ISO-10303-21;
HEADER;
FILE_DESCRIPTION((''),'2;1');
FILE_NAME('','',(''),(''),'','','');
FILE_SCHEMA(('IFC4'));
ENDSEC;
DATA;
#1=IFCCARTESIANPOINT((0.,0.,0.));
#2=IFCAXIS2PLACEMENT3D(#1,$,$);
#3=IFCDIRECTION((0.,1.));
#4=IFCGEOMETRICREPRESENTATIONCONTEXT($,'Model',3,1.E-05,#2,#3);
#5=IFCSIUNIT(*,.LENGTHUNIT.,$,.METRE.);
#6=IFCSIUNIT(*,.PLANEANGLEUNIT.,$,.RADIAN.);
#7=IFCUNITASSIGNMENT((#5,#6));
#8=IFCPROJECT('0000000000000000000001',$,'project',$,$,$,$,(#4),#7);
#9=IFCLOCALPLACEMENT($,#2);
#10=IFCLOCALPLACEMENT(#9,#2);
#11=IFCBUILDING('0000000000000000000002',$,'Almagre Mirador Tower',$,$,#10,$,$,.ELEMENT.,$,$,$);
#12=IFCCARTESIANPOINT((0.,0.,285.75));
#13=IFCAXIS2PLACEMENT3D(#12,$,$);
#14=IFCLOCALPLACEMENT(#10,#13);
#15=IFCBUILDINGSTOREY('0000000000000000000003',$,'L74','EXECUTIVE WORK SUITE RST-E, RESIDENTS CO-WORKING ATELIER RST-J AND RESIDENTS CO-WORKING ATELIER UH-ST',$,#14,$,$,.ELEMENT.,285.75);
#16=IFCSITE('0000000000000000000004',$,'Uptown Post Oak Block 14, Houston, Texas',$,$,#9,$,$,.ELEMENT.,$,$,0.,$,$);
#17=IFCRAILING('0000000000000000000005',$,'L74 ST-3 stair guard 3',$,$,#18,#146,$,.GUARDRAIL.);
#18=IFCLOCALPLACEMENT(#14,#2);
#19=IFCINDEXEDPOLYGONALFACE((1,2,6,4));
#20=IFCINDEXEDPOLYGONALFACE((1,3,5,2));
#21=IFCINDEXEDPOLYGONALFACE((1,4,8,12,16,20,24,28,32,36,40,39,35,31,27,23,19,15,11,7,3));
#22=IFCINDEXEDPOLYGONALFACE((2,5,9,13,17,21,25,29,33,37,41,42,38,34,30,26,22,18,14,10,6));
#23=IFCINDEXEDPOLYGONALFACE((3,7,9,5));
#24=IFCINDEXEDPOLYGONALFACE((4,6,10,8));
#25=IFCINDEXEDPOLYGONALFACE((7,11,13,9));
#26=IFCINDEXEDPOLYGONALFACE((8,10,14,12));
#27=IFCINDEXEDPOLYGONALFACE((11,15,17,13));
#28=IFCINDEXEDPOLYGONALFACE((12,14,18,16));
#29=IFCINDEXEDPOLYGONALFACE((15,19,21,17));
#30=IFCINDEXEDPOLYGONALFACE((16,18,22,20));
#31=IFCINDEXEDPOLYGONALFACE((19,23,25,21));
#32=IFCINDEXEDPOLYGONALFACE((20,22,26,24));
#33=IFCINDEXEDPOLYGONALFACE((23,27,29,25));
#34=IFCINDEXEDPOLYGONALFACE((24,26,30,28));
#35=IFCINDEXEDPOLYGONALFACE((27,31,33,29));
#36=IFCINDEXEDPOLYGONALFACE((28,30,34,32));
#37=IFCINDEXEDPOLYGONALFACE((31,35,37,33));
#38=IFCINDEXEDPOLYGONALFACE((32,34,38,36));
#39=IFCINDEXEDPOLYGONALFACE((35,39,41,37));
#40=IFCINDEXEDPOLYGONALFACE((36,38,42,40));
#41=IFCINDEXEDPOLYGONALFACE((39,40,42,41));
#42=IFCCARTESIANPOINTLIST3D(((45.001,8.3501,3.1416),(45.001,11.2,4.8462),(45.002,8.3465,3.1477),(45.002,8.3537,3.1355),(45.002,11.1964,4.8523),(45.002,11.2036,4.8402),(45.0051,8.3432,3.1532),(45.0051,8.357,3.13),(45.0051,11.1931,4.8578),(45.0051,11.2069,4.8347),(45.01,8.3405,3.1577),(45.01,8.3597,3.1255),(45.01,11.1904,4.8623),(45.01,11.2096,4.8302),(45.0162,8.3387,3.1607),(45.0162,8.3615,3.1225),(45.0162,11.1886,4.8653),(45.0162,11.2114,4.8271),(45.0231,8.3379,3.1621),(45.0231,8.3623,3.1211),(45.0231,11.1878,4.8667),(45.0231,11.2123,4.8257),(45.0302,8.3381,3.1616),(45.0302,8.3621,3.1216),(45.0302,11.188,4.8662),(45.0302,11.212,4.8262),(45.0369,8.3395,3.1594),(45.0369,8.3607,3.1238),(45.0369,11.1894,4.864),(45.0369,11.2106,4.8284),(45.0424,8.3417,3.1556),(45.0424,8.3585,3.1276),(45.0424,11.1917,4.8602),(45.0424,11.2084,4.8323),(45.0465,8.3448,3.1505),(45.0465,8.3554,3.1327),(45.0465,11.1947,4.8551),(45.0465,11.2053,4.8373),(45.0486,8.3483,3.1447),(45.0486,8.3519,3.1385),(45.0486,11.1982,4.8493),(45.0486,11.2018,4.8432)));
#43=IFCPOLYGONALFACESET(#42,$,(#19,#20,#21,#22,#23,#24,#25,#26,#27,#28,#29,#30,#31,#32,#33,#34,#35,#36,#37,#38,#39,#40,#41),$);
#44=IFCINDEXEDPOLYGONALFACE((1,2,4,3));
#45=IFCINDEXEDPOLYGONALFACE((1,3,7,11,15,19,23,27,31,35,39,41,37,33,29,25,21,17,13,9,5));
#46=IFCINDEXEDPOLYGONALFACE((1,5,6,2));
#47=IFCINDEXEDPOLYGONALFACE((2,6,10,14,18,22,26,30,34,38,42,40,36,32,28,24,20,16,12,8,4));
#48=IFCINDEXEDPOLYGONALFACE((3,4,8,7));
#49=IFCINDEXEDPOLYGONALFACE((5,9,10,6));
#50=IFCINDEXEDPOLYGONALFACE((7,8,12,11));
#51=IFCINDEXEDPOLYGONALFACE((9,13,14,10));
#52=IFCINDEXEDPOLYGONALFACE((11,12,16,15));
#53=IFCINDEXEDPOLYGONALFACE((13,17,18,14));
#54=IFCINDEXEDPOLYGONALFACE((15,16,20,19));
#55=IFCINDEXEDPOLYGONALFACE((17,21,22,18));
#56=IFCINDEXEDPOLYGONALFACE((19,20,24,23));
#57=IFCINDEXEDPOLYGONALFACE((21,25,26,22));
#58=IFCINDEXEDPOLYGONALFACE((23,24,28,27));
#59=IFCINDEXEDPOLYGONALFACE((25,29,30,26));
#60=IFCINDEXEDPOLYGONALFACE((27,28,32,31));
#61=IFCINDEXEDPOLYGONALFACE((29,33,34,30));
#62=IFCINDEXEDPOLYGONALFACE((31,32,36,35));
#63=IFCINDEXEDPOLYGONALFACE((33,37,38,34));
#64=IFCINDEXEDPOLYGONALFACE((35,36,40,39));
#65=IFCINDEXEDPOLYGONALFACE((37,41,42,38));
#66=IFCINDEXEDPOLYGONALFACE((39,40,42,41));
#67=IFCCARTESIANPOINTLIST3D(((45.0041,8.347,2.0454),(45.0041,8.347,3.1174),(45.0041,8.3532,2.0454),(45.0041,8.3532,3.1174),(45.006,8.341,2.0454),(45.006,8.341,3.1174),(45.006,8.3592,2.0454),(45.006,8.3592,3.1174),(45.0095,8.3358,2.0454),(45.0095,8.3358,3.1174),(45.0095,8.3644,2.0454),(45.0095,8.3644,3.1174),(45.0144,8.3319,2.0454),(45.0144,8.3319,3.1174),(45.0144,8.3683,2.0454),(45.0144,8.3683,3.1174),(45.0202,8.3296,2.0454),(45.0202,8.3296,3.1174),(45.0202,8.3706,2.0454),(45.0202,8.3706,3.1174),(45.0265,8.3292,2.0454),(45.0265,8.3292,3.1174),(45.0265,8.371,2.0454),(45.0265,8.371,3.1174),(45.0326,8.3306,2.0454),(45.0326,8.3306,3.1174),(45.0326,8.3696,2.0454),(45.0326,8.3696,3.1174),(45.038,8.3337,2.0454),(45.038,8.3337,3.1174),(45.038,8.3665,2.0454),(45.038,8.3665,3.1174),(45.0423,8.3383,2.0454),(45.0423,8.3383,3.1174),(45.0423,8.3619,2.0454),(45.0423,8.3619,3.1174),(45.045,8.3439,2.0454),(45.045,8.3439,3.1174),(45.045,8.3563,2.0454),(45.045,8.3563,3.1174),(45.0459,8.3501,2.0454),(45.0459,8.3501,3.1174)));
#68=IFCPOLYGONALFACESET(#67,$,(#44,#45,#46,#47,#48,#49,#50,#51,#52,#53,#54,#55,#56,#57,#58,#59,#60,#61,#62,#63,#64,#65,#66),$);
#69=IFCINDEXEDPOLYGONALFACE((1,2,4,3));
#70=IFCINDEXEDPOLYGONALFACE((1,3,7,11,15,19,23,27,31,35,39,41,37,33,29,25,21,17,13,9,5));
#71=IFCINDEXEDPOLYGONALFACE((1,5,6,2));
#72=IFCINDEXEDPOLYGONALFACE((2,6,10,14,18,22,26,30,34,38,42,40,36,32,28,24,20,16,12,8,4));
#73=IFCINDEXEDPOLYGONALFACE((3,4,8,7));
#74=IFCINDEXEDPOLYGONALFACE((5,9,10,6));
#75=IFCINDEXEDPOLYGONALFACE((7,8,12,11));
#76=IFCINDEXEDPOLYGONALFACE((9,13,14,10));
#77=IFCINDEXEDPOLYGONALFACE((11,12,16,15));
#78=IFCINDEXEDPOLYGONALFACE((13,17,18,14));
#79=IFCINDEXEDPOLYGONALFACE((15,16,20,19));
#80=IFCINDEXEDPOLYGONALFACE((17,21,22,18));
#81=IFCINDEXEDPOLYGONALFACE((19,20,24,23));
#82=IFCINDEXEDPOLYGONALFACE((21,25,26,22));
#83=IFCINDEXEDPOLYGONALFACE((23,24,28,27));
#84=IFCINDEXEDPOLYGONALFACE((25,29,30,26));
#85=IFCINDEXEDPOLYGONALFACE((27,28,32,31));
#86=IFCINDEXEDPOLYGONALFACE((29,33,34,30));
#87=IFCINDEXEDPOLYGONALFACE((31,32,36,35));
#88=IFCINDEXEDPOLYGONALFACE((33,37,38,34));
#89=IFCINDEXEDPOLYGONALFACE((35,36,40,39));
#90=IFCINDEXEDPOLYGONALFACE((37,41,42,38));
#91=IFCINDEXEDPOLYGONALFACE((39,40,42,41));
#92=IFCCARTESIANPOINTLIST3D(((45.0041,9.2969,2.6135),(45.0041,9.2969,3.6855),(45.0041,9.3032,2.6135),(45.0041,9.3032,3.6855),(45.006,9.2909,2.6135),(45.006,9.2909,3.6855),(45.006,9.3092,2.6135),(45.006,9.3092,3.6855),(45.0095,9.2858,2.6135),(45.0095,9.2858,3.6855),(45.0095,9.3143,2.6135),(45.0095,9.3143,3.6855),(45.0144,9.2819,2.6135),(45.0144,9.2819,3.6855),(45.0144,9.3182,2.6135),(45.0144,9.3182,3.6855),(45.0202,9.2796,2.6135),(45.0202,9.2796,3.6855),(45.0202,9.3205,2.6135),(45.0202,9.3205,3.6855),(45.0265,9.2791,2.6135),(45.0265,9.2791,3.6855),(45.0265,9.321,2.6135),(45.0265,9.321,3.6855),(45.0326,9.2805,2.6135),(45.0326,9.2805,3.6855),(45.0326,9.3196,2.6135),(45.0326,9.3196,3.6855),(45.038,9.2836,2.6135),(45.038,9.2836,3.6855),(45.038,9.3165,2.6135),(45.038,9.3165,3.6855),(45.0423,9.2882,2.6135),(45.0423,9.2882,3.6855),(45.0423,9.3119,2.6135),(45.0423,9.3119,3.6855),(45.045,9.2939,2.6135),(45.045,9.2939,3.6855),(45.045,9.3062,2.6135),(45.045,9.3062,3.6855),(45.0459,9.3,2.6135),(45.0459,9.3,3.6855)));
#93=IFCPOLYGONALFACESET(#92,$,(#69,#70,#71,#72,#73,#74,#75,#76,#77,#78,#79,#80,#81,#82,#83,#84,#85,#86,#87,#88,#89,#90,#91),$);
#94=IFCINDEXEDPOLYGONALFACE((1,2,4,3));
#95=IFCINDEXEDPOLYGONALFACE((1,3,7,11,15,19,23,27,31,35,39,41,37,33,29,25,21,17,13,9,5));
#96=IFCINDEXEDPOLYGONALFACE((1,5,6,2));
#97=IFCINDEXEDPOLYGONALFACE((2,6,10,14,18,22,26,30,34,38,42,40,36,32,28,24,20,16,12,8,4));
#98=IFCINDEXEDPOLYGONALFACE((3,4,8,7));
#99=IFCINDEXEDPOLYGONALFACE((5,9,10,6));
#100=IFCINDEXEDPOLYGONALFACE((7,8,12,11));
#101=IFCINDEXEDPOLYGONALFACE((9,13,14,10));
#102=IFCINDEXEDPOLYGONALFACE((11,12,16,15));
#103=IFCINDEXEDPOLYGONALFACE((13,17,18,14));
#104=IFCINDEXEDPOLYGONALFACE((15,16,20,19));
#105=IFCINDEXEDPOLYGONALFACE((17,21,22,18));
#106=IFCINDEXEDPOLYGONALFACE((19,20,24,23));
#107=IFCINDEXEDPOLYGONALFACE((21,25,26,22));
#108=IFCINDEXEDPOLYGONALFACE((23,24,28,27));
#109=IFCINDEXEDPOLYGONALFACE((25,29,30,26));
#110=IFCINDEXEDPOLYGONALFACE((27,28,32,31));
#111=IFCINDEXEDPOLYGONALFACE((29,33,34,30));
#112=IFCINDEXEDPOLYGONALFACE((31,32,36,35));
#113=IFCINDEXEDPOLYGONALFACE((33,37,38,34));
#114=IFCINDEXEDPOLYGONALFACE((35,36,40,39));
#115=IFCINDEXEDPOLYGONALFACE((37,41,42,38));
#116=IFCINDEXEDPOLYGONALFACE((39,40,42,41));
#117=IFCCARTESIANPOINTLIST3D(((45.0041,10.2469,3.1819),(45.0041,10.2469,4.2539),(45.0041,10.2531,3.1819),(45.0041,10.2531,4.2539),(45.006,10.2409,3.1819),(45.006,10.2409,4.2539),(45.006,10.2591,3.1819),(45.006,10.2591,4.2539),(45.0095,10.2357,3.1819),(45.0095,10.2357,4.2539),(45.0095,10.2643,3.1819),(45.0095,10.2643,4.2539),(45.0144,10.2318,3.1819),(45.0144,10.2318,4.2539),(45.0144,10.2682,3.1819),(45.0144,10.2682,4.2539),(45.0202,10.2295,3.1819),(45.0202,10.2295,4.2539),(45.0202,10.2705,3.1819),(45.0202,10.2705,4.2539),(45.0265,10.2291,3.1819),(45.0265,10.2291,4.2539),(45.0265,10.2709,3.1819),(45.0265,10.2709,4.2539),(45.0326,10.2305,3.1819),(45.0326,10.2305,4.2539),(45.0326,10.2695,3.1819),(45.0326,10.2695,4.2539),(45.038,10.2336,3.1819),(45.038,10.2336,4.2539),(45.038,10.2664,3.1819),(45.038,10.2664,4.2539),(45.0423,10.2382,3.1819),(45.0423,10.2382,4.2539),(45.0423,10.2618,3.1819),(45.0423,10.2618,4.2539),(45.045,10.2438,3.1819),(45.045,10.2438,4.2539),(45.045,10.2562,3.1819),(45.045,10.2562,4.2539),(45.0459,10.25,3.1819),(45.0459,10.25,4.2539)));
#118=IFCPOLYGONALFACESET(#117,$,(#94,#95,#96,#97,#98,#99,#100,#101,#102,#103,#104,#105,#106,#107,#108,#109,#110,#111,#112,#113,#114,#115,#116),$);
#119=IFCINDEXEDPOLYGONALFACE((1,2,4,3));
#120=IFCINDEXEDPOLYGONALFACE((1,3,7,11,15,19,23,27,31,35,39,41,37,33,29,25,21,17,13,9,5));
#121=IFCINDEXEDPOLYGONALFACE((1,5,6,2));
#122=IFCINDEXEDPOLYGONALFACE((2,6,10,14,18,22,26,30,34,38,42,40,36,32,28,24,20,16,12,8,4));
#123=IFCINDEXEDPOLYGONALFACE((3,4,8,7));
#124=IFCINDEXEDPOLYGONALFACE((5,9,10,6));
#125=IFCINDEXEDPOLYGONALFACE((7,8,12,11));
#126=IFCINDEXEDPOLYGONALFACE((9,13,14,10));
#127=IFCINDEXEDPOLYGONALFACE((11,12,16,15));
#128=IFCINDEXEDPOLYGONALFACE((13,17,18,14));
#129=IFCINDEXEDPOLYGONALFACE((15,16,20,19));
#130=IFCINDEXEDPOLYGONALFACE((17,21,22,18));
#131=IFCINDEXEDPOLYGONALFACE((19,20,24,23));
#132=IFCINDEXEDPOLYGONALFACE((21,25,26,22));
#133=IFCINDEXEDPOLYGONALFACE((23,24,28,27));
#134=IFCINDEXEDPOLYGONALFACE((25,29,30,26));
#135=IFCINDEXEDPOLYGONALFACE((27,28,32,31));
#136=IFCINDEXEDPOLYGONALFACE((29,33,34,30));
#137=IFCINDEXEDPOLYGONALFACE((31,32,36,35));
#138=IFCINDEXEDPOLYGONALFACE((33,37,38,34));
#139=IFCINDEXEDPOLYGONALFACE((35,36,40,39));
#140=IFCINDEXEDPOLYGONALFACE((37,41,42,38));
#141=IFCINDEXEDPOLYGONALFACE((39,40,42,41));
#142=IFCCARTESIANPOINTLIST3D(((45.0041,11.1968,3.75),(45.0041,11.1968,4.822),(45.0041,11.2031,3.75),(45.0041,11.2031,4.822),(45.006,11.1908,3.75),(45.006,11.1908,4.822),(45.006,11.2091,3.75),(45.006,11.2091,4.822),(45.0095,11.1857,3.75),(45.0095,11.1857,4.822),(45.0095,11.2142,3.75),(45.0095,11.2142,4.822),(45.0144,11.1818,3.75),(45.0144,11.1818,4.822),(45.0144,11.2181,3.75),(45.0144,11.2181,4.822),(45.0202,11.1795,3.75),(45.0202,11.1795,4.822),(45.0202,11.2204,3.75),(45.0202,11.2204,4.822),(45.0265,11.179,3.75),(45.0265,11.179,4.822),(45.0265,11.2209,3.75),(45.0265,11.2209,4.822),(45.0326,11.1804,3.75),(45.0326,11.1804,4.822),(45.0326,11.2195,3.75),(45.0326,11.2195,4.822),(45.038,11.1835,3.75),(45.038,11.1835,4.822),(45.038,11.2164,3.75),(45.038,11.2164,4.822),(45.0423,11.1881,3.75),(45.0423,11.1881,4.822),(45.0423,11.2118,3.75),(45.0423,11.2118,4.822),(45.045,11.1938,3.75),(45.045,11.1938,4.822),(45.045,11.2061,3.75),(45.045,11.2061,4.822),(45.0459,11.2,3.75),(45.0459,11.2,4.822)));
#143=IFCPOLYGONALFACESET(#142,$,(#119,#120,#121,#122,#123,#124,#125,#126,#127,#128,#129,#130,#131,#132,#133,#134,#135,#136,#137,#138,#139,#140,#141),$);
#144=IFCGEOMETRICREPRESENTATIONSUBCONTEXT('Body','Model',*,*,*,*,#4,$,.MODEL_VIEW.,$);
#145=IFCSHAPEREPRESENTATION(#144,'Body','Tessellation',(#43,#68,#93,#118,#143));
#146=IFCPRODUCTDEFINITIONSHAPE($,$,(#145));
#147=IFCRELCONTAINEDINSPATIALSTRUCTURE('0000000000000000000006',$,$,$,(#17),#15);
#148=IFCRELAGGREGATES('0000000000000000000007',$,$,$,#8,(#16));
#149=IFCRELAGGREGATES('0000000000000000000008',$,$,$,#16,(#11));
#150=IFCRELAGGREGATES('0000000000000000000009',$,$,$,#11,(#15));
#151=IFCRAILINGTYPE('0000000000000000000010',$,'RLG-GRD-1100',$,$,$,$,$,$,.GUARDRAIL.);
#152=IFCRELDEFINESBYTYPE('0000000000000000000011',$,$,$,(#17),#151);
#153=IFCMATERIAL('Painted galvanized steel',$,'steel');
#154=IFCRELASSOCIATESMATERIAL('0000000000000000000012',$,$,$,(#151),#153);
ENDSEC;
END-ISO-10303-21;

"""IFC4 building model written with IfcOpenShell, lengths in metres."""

from ifc_helpers import new_model, si_unit, direction, frame, origin, origin_2d, place, context, subcontext, project, spatial, circle, extrude, material, type_object, element, save


model = new_model("IFC4")

# Units and contexts
model_context = context("Model", 3, precision=1e-05, world=origin(), true_north=direction((0.0, 1.0)))
body_context = subcontext(model_context, "Body", "Model", "MODEL_VIEW")
ifc_project = project(units=[si_unit("LENGTHUNIT", "METRE"), si_unit("PLANEANGLEUNIT", "RADIAN")], contexts=[model_context])

# Site, building, storey
site_placement = place(None, origin())
site = spatial("IfcSite", under=ifc_project, at=site_placement, Name="Uptown Post Oak Block 14, Houston, Texas", CompositionType="ELEMENT", RefElevation=0.0)
building_placement = place(site_placement, origin())
building = spatial("IfcBuilding", under=site, at=building_placement, Name="Almagre Mirador Tower", CompositionType="ELEMENT")
storey_placement = place(building_placement, frame((0.0, 0.0, 285.75)))
storey = spatial("IfcBuildingStorey", under=building, at=storey_placement, Name="L74", Description="EXECUTIVE WORK SUITE RST-E, RESIDENTS CO-WORKING ATELIER RST-J AND RESIDENTS CO-WORKING ATELIER UH-ST", CompositionType="ELEMENT", Elevation=285.75)

# Railing
ifc_material_1 = material(Name="Painted galvanized steel", Category="steel")
railing_type_1 = type_object("IfcRailingType", Name="RLG-GRD-1100", PredefinedType="GUARDRAIL", material=ifc_material_1)
railing_1_placement = place(storey_placement, frame((45.0249, 8.3501, 2.0454)))
element("IfcRailing", 1, at=railing_1_placement, inside=storey, type_object=railing_type_1, Name="L74 ST-3 stair guard 3", PredefinedType="GUARDRAIL", context=body_context, shape_type="SweptSolid", body=[
    extrude(circle(Radius=0.0239, at=origin_2d()), frame((0.0, 0.0, 1.0962), z_axis=(0.0, 0.858199, 0.513317), x_axis=(-1.0, 0.0, 0.0)), (0.0, 0.0, 1.0), 3.3208),
    extrude(circle(Radius=0.021, at=origin_2d()), origin(), (0.0, 0.0, 1.0), 1.072),
    extrude(circle(Radius=0.021, at=origin_2d()), frame((0.0, 0.95, 0.5681)), (0.0, 0.0, 1.0), 1.072),
    extrude(circle(Radius=0.021, at=origin_2d()), frame((0.0, 1.8999, 1.1365)), (0.0, 0.0, 1.0), 1.072),
    extrude(circle(Radius=0.021, at=origin_2d()), frame((0.0, 2.8499, 1.7046)), (0.0, 0.0, 1.0), 1.072),
])

save(model, "model.ifc")
